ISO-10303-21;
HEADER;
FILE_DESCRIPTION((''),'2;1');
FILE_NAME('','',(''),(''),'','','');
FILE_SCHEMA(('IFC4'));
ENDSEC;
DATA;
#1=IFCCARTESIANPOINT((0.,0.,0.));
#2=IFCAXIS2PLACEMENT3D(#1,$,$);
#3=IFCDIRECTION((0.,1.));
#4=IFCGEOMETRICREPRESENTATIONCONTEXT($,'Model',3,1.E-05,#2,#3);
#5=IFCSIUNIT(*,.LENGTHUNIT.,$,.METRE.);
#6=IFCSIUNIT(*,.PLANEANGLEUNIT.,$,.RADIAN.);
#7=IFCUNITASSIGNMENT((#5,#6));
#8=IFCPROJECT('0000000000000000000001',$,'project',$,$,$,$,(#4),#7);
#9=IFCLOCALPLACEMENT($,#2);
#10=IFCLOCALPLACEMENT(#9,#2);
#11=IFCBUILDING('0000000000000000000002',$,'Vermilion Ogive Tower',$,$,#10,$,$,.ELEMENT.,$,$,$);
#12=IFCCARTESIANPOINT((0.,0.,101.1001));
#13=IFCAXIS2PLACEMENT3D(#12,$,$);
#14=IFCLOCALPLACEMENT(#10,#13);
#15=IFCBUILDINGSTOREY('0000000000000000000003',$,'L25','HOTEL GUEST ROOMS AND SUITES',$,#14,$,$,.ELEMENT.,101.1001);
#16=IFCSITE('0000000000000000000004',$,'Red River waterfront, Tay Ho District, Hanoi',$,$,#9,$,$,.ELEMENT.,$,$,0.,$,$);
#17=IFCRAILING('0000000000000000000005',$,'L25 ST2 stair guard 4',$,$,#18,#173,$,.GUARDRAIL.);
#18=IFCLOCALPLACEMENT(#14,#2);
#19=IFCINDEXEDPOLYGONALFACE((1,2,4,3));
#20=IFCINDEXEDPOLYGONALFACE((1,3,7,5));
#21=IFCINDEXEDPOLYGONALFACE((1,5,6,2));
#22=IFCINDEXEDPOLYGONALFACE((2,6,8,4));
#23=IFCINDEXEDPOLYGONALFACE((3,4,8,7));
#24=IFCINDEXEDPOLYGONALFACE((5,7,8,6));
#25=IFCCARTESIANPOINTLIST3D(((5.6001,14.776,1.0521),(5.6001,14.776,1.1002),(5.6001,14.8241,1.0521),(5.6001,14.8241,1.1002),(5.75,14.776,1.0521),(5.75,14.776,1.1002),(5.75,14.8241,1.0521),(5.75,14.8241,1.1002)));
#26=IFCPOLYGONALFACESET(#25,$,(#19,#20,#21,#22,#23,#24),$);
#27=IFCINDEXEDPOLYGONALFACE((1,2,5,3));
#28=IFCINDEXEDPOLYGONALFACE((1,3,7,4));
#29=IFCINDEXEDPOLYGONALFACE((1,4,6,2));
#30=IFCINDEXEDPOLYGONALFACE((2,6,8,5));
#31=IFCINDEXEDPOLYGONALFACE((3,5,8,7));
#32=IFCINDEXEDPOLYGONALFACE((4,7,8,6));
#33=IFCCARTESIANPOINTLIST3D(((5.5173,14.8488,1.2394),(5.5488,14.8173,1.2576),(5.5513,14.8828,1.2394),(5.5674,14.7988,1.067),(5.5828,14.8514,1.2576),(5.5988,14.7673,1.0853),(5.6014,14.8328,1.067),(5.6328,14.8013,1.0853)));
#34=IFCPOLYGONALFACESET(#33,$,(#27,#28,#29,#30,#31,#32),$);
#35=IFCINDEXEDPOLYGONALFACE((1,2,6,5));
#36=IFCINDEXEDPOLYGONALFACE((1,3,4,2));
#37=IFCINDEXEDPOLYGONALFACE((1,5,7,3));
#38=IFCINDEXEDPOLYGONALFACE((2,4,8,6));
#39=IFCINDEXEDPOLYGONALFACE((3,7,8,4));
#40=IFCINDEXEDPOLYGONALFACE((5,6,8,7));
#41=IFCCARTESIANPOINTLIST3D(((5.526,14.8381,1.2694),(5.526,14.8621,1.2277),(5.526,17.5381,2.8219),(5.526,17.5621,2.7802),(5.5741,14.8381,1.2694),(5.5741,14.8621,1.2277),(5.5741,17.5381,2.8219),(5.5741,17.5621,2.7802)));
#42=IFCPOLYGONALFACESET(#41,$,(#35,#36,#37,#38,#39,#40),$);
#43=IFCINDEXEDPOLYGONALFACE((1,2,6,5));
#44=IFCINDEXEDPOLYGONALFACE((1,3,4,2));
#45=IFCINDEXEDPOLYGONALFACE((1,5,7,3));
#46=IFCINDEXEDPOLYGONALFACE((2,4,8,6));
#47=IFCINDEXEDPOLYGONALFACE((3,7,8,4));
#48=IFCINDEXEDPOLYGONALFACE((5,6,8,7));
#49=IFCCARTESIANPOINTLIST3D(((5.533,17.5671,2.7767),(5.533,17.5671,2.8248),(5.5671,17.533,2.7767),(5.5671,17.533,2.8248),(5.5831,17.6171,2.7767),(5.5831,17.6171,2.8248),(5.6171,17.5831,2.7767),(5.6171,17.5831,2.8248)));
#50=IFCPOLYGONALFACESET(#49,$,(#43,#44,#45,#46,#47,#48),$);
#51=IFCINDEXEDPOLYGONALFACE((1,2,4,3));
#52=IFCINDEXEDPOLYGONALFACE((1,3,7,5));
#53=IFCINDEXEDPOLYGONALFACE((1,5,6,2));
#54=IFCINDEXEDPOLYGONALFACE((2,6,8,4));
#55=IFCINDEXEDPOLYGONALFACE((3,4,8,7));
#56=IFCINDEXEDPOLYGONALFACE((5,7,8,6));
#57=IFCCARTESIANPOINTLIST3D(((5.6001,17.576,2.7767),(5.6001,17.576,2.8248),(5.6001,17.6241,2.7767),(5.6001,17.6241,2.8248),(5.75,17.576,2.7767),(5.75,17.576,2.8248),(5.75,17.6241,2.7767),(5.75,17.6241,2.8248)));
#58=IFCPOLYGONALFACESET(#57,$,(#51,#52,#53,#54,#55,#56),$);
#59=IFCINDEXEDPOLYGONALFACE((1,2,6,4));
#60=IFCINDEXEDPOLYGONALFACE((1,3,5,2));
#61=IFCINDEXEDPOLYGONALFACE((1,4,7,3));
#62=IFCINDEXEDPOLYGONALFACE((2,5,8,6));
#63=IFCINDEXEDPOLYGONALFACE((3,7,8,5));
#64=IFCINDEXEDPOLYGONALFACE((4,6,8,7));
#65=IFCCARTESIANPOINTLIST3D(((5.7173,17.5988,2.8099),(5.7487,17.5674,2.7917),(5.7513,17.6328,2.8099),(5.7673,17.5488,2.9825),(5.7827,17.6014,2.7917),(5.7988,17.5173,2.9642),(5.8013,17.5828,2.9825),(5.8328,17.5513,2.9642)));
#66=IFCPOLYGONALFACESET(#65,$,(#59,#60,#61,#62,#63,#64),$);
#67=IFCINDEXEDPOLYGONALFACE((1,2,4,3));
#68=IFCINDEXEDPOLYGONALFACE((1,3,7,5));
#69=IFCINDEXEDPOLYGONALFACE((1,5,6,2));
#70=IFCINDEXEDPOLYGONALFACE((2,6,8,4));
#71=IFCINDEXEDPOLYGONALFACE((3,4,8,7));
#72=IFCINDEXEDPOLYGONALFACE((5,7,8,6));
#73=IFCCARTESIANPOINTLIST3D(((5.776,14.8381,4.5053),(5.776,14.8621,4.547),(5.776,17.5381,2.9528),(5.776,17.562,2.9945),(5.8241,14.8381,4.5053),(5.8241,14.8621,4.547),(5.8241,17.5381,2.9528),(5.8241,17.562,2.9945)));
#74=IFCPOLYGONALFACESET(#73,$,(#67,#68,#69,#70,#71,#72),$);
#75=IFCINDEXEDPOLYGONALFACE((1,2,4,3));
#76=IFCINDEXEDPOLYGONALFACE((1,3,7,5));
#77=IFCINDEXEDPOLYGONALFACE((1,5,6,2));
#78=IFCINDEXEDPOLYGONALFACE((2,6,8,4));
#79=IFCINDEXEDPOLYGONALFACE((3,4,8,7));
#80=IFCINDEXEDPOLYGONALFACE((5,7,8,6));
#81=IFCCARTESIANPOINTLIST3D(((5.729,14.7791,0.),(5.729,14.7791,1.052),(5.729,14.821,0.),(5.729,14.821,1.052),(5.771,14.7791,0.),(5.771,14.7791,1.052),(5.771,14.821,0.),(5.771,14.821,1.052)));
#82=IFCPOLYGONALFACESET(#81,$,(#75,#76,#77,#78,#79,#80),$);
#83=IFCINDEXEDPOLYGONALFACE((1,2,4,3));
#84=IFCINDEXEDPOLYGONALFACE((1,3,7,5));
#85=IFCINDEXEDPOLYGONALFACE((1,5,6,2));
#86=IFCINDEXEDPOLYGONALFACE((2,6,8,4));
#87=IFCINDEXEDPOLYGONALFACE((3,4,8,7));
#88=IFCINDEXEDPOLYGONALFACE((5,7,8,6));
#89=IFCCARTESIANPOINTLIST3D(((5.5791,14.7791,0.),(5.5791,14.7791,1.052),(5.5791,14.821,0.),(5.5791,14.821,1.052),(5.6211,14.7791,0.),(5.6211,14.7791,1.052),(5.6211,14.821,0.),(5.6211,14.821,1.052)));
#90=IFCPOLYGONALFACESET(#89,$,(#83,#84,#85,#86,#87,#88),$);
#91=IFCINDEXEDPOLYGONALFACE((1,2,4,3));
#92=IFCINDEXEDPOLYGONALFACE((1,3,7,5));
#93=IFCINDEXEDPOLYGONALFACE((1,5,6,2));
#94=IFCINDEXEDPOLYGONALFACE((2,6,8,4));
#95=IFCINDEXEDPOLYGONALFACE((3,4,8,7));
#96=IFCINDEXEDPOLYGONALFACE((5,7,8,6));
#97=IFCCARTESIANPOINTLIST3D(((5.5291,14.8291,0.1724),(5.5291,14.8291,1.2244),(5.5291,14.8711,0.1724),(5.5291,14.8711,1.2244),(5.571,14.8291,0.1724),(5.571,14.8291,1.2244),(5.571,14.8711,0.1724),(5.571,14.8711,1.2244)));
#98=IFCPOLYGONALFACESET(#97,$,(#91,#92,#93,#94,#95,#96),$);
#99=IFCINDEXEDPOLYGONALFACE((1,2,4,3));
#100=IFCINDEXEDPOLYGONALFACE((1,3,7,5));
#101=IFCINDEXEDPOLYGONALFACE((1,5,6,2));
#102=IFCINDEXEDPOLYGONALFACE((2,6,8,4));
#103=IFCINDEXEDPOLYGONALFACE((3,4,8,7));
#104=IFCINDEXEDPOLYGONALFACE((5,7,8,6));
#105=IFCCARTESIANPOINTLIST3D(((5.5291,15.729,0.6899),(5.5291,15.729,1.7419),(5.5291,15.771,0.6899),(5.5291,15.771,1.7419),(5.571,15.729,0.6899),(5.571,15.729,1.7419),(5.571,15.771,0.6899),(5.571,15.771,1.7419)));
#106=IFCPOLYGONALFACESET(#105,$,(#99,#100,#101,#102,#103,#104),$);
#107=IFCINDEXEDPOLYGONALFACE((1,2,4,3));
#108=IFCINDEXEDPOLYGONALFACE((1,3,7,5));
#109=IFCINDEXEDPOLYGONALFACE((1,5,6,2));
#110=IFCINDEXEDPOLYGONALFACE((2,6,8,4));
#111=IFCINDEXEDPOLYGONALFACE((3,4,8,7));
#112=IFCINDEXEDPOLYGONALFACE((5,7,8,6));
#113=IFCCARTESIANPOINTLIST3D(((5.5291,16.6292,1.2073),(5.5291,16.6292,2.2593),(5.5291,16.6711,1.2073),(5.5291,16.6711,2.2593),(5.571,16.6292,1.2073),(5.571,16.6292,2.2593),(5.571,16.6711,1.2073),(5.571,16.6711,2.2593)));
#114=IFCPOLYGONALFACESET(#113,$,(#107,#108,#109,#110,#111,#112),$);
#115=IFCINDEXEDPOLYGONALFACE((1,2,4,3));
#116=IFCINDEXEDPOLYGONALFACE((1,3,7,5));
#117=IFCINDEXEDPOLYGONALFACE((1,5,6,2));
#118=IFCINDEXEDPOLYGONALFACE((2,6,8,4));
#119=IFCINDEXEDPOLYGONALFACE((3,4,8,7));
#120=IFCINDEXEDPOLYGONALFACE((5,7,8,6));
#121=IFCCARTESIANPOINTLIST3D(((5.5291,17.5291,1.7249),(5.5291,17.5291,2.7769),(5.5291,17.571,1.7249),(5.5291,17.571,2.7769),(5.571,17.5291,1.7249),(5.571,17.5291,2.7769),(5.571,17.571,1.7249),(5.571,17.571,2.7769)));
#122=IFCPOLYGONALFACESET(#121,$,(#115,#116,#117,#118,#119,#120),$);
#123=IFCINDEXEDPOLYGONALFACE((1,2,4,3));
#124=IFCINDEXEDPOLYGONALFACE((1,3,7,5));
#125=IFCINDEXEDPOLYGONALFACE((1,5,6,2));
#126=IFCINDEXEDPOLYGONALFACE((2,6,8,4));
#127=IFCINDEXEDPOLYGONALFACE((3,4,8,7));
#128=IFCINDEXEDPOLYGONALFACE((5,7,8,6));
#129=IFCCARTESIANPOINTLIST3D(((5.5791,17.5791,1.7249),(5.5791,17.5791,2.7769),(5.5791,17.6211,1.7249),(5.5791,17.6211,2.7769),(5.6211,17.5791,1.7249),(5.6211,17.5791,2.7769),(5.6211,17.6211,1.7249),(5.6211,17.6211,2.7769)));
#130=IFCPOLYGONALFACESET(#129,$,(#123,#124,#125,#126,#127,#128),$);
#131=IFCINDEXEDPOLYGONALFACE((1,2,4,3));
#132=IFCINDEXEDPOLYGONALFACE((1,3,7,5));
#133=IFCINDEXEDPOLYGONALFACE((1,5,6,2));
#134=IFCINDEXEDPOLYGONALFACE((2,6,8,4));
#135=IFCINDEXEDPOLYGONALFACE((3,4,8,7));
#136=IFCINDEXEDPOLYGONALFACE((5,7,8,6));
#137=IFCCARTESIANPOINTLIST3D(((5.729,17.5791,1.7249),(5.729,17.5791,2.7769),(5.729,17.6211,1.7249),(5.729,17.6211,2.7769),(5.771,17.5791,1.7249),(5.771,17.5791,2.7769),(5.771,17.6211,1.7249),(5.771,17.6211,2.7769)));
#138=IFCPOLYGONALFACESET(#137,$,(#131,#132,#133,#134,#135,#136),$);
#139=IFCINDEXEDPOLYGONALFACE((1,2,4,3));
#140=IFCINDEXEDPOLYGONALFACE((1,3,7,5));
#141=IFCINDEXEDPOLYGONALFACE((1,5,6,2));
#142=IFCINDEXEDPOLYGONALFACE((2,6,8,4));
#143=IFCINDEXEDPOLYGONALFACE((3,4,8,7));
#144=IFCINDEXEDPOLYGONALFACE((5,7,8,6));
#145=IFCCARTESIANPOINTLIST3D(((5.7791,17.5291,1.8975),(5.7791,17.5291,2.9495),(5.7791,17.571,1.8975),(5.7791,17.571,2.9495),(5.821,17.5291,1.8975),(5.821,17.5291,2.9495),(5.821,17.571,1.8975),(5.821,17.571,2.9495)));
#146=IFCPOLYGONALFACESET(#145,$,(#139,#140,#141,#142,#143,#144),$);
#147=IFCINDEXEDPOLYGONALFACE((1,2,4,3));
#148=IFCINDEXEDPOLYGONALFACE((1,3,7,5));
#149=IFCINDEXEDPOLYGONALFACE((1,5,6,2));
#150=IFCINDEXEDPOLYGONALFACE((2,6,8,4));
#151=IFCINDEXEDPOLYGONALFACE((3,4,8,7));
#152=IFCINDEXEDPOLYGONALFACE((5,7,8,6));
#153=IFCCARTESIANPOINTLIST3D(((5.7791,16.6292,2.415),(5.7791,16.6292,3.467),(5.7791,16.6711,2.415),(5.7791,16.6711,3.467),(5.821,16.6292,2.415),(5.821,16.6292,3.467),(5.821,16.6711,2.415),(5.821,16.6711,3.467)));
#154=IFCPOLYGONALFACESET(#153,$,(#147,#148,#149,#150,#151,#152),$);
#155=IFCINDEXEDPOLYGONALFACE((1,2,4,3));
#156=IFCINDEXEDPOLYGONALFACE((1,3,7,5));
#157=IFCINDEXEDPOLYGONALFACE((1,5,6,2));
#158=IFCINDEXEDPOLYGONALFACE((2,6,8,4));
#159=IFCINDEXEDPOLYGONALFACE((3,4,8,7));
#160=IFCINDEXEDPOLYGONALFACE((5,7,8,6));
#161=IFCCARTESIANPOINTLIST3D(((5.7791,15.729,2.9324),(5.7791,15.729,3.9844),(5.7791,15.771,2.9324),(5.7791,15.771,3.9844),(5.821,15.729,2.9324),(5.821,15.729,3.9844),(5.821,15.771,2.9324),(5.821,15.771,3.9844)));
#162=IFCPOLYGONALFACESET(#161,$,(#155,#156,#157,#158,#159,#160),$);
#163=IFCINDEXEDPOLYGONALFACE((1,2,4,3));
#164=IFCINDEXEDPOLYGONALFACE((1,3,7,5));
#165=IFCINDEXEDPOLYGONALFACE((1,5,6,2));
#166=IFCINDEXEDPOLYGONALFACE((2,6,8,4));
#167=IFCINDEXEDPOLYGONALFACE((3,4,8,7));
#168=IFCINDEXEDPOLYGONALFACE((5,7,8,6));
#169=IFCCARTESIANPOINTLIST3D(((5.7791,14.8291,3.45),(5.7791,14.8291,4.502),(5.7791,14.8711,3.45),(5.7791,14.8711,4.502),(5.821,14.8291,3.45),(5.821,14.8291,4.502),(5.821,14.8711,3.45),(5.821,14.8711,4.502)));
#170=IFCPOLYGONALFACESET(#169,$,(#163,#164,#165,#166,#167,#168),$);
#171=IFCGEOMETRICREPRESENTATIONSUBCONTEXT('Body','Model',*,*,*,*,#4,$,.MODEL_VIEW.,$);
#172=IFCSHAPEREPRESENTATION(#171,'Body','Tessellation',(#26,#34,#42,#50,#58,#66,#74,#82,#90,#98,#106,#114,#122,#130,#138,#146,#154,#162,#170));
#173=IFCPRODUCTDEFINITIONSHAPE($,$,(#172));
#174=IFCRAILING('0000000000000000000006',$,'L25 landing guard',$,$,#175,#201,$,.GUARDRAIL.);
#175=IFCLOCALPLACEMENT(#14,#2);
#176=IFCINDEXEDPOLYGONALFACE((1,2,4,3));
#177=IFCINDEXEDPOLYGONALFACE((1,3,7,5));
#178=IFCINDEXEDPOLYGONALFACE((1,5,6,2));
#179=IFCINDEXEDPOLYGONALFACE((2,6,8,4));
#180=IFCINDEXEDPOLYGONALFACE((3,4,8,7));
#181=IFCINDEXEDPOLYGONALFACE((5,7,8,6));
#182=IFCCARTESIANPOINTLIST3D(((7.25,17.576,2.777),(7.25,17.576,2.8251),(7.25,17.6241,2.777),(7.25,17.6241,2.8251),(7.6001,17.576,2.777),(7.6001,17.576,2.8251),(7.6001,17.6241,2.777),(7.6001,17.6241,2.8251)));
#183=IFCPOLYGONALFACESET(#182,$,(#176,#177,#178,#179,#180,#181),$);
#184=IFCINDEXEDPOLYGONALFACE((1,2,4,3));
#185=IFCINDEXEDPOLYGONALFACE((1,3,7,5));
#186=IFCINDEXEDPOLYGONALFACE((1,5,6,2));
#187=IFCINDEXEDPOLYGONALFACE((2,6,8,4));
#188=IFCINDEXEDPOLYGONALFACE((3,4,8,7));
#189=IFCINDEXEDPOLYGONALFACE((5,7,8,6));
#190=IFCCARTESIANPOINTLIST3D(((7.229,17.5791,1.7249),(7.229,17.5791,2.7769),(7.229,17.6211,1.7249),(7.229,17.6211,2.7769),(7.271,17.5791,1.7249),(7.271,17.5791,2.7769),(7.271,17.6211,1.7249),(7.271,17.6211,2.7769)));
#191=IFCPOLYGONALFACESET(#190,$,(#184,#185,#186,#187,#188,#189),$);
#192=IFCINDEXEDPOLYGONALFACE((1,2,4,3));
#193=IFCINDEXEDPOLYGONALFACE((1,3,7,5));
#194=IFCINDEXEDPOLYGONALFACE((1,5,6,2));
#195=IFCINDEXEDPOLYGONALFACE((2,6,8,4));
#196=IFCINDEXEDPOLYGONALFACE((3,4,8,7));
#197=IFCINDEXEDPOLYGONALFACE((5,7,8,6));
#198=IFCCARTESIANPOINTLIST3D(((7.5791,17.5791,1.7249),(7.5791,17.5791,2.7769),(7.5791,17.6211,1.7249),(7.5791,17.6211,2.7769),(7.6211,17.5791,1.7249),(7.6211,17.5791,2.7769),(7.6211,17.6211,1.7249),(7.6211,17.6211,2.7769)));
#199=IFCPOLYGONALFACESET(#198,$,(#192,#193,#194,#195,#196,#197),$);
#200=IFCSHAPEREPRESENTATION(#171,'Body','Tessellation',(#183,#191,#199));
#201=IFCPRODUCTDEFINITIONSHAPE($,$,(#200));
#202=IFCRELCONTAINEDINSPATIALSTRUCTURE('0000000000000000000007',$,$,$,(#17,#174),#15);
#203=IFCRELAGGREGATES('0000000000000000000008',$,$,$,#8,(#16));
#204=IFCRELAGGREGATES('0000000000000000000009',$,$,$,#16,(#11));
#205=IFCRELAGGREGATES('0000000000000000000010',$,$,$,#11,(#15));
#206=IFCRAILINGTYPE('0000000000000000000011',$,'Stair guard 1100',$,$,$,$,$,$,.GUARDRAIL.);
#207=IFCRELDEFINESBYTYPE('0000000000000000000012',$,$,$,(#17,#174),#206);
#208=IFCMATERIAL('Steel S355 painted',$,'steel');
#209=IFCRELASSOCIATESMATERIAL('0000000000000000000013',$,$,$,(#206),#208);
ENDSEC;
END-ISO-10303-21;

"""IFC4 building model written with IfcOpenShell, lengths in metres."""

from ifc_helpers import new_model, si_unit, direction, frame, origin, origin_2d, place, context, subcontext, project, spatial, rectangle, extrude, material, type_object, element, save


model = new_model("IFC4")

# Units and contexts
model_context = context("Model", 3, precision=1e-05, world=origin(), true_north=direction((0.0, 1.0)))
body_context = subcontext(model_context, "Body", "Model", "MODEL_VIEW")
ifc_project = project(units=[si_unit("LENGTHUNIT", "METRE"), si_unit("PLANEANGLEUNIT", "RADIAN")], contexts=[model_context])

# Site, building, storey
site_placement = place(None, origin())
site = spatial("IfcSite", under=ifc_project, at=site_placement, Name="Red River waterfront, Tay Ho District, Hanoi", CompositionType="ELEMENT", RefElevation=0.0)
building_placement = place(site_placement, origin())
building = spatial("IfcBuilding", under=site, at=building_placement, Name="Vermilion Ogive Tower", CompositionType="ELEMENT")
storey_placement = place(building_placement, frame((0.0, 0.0, 101.1001)))
storey = spatial("IfcBuildingStorey", under=building, at=storey_placement, Name="L25", Description="HOTEL GUEST ROOMS AND SUITES", CompositionType="ELEMENT", Elevation=101.1001)

# Railings
ifc_material_1 = material(Name="Steel S355 painted", Category="steel")
railing_type_1 = type_object("IfcRailingType", Name="Stair guard 1100", PredefinedType="GUARDRAIL", material=ifc_material_1)
railing_1_placement = place(storey_placement, frame((5.75, 14.8, 0.0)))
element("IfcRailing", 1, at=railing_1_placement, inside=storey, type_object=railing_type_1, Name="L25 ST2 stair guard 4", PredefinedType="GUARDRAIL", context=body_context, shape_type="SweptSolid", body=[
    extrude(rectangle(XDim=0.0481, YDim=0.0481, at=origin_2d()), frame((0.0, 0.0, 1.0762), z_axis=(-1.0, 0.0, 0.0), x_axis=(0.0, -1.0, 0.0)), (0.0, 0.0, 1.0), 0.1499),
    extrude(rectangle(XDim=0.0481, YDim=0.0481, at=origin_2d()), frame((-0.1499, 0.0, 1.0762), z_axis=(-0.268603, 0.268603, 0.925043), x_axis=(-0.707107, -0.707107, 0.0)), (0.0, 0.0, 1.0), 0.1863),
    extrude(rectangle(XDim=0.0481, YDim=0.0481, at=origin_2d()), frame((-0.2, 0.05, 1.2485), z_axis=(0.0, 0.866904, 0.498476), x_axis=(-1.0, 0.0, 0.0)), (0.0, 0.0, 1.0), 3.1145),
    extrude(rectangle(XDim=0.0481, YDim=0.0481, at=origin_2d()), frame((-0.2, 2.75, 2.8008), z_axis=(0.707107, 0.707107, 0.0), x_axis=(-0.707107, 0.707107, 0.0)), (0.0, 0.0, 1.0), 0.0708),
    extrude(rectangle(XDim=0.0481, YDim=0.0481, at=origin_2d()), frame((-0.1499, 2.8, 2.8008), z_axis=(1.0, 0.0, 0.0), x_axis=(0.0, 1.0, 0.0)), (0.0, 0.0, 1.0), 0.1499),
    extrude(rectangle(XDim=0.0481, YDim=0.0481, at=origin_2d()), frame((0.0, 2.8, 2.8008), z_axis=(0.268278, -0.268278, 0.925232), x_axis=(0.707107, 0.707107, 0.0)), (0.0, 0.0, 1.0), 0.1865),
    extrude(rectangle(XDim=0.0481, YDim=0.0481, at=origin_2d()), frame((0.05, 2.75, 2.9736), z_axis=(0.0, -0.866904, 0.498476), x_axis=(1.0, 0.0, 0.0)), (0.0, 0.0, 1.0), 3.1145),
    extrude(rectangle(XDim=0.042, YDim=0.042, at=origin_2d()), origin(), (0.0, 0.0, 1.0), 1.052),
    extrude(rectangle(XDim=0.042, YDim=0.042, at=origin_2d()), frame((-0.1499, 0.0, 0.0)), (0.0, 0.0, 1.0), 1.052),
    extrude(rectangle(XDim=0.042, YDim=0.042, at=origin_2d()), frame((-0.2, 0.05, 0.1724)), (0.0, 0.0, 1.0), 1.052),
    extrude(rectangle(XDim=0.042, YDim=0.042, at=origin_2d()), frame((-0.2, 0.95, 0.6899)), (0.0, 0.0, 1.0), 1.052),
    extrude(rectangle(XDim=0.042, YDim=0.042, at=origin_2d()), frame((-0.2, 1.8501, 1.2073)), (0.0, 0.0, 1.0), 1.052),
    extrude(rectangle(XDim=0.042, YDim=0.042, at=origin_2d()), frame((-0.2, 2.75, 1.7249)), (0.0, 0.0, 1.0), 1.052),
    extrude(rectangle(XDim=0.042, YDim=0.042, at=origin_2d()), frame((-0.1499, 2.8, 1.7249)), (0.0, 0.0, 1.0), 1.052),
    extrude(rectangle(XDim=0.042, YDim=0.042, at=origin_2d()), frame((0.0, 2.8, 1.7249)), (0.0, 0.0, 1.0), 1.052),
    extrude(rectangle(XDim=0.042, YDim=0.042, at=origin_2d()), frame((0.05, 2.75, 1.8975)), (0.0, 0.0, 1.0), 1.052),
    extrude(rectangle(XDim=0.042, YDim=0.042, at=origin_2d()), frame((0.05, 1.8501, 2.415)), (0.0, 0.0, 1.0), 1.052),
    extrude(rectangle(XDim=0.042, YDim=0.042, at=origin_2d()), frame((0.05, 0.95, 2.9324)), (0.0, 0.0, 1.0), 1.052),
    extrude(rectangle(XDim=0.042, YDim=0.042, at=origin_2d()), frame((0.05, 0.05, 3.45)), (0.0, 0.0, 1.0), 1.052),
])
railing_2_placement = place(storey_placement, frame((7.25, 17.6001, 1.7249)))
element("IfcRailing", 2, at=railing_2_placement, inside=storey, type_object=railing_type_1, Name="L25 landing guard", PredefinedType="GUARDRAIL", context=body_context, shape_type="SweptSolid", body=[
    extrude(rectangle(XDim=0.0481, YDim=0.0481, at=origin_2d()), frame((0.0, 0.0, 1.0762), z_axis=(1.0, 0.0, 0.0), x_axis=(0.0, 1.0, 0.0)), (0.0, 0.0, 1.0), 0.3501),
    extrude(rectangle(XDim=0.042, YDim=0.042, at=origin_2d()), origin(), (0.0, 0.0, 1.0), 1.052),
    extrude(rectangle(XDim=0.042, YDim=0.042, at=origin_2d()), frame((0.3501, 0.0, 0.0)), (0.0, 0.0, 1.0), 1.052),
])

save(model, "model.ifc")
